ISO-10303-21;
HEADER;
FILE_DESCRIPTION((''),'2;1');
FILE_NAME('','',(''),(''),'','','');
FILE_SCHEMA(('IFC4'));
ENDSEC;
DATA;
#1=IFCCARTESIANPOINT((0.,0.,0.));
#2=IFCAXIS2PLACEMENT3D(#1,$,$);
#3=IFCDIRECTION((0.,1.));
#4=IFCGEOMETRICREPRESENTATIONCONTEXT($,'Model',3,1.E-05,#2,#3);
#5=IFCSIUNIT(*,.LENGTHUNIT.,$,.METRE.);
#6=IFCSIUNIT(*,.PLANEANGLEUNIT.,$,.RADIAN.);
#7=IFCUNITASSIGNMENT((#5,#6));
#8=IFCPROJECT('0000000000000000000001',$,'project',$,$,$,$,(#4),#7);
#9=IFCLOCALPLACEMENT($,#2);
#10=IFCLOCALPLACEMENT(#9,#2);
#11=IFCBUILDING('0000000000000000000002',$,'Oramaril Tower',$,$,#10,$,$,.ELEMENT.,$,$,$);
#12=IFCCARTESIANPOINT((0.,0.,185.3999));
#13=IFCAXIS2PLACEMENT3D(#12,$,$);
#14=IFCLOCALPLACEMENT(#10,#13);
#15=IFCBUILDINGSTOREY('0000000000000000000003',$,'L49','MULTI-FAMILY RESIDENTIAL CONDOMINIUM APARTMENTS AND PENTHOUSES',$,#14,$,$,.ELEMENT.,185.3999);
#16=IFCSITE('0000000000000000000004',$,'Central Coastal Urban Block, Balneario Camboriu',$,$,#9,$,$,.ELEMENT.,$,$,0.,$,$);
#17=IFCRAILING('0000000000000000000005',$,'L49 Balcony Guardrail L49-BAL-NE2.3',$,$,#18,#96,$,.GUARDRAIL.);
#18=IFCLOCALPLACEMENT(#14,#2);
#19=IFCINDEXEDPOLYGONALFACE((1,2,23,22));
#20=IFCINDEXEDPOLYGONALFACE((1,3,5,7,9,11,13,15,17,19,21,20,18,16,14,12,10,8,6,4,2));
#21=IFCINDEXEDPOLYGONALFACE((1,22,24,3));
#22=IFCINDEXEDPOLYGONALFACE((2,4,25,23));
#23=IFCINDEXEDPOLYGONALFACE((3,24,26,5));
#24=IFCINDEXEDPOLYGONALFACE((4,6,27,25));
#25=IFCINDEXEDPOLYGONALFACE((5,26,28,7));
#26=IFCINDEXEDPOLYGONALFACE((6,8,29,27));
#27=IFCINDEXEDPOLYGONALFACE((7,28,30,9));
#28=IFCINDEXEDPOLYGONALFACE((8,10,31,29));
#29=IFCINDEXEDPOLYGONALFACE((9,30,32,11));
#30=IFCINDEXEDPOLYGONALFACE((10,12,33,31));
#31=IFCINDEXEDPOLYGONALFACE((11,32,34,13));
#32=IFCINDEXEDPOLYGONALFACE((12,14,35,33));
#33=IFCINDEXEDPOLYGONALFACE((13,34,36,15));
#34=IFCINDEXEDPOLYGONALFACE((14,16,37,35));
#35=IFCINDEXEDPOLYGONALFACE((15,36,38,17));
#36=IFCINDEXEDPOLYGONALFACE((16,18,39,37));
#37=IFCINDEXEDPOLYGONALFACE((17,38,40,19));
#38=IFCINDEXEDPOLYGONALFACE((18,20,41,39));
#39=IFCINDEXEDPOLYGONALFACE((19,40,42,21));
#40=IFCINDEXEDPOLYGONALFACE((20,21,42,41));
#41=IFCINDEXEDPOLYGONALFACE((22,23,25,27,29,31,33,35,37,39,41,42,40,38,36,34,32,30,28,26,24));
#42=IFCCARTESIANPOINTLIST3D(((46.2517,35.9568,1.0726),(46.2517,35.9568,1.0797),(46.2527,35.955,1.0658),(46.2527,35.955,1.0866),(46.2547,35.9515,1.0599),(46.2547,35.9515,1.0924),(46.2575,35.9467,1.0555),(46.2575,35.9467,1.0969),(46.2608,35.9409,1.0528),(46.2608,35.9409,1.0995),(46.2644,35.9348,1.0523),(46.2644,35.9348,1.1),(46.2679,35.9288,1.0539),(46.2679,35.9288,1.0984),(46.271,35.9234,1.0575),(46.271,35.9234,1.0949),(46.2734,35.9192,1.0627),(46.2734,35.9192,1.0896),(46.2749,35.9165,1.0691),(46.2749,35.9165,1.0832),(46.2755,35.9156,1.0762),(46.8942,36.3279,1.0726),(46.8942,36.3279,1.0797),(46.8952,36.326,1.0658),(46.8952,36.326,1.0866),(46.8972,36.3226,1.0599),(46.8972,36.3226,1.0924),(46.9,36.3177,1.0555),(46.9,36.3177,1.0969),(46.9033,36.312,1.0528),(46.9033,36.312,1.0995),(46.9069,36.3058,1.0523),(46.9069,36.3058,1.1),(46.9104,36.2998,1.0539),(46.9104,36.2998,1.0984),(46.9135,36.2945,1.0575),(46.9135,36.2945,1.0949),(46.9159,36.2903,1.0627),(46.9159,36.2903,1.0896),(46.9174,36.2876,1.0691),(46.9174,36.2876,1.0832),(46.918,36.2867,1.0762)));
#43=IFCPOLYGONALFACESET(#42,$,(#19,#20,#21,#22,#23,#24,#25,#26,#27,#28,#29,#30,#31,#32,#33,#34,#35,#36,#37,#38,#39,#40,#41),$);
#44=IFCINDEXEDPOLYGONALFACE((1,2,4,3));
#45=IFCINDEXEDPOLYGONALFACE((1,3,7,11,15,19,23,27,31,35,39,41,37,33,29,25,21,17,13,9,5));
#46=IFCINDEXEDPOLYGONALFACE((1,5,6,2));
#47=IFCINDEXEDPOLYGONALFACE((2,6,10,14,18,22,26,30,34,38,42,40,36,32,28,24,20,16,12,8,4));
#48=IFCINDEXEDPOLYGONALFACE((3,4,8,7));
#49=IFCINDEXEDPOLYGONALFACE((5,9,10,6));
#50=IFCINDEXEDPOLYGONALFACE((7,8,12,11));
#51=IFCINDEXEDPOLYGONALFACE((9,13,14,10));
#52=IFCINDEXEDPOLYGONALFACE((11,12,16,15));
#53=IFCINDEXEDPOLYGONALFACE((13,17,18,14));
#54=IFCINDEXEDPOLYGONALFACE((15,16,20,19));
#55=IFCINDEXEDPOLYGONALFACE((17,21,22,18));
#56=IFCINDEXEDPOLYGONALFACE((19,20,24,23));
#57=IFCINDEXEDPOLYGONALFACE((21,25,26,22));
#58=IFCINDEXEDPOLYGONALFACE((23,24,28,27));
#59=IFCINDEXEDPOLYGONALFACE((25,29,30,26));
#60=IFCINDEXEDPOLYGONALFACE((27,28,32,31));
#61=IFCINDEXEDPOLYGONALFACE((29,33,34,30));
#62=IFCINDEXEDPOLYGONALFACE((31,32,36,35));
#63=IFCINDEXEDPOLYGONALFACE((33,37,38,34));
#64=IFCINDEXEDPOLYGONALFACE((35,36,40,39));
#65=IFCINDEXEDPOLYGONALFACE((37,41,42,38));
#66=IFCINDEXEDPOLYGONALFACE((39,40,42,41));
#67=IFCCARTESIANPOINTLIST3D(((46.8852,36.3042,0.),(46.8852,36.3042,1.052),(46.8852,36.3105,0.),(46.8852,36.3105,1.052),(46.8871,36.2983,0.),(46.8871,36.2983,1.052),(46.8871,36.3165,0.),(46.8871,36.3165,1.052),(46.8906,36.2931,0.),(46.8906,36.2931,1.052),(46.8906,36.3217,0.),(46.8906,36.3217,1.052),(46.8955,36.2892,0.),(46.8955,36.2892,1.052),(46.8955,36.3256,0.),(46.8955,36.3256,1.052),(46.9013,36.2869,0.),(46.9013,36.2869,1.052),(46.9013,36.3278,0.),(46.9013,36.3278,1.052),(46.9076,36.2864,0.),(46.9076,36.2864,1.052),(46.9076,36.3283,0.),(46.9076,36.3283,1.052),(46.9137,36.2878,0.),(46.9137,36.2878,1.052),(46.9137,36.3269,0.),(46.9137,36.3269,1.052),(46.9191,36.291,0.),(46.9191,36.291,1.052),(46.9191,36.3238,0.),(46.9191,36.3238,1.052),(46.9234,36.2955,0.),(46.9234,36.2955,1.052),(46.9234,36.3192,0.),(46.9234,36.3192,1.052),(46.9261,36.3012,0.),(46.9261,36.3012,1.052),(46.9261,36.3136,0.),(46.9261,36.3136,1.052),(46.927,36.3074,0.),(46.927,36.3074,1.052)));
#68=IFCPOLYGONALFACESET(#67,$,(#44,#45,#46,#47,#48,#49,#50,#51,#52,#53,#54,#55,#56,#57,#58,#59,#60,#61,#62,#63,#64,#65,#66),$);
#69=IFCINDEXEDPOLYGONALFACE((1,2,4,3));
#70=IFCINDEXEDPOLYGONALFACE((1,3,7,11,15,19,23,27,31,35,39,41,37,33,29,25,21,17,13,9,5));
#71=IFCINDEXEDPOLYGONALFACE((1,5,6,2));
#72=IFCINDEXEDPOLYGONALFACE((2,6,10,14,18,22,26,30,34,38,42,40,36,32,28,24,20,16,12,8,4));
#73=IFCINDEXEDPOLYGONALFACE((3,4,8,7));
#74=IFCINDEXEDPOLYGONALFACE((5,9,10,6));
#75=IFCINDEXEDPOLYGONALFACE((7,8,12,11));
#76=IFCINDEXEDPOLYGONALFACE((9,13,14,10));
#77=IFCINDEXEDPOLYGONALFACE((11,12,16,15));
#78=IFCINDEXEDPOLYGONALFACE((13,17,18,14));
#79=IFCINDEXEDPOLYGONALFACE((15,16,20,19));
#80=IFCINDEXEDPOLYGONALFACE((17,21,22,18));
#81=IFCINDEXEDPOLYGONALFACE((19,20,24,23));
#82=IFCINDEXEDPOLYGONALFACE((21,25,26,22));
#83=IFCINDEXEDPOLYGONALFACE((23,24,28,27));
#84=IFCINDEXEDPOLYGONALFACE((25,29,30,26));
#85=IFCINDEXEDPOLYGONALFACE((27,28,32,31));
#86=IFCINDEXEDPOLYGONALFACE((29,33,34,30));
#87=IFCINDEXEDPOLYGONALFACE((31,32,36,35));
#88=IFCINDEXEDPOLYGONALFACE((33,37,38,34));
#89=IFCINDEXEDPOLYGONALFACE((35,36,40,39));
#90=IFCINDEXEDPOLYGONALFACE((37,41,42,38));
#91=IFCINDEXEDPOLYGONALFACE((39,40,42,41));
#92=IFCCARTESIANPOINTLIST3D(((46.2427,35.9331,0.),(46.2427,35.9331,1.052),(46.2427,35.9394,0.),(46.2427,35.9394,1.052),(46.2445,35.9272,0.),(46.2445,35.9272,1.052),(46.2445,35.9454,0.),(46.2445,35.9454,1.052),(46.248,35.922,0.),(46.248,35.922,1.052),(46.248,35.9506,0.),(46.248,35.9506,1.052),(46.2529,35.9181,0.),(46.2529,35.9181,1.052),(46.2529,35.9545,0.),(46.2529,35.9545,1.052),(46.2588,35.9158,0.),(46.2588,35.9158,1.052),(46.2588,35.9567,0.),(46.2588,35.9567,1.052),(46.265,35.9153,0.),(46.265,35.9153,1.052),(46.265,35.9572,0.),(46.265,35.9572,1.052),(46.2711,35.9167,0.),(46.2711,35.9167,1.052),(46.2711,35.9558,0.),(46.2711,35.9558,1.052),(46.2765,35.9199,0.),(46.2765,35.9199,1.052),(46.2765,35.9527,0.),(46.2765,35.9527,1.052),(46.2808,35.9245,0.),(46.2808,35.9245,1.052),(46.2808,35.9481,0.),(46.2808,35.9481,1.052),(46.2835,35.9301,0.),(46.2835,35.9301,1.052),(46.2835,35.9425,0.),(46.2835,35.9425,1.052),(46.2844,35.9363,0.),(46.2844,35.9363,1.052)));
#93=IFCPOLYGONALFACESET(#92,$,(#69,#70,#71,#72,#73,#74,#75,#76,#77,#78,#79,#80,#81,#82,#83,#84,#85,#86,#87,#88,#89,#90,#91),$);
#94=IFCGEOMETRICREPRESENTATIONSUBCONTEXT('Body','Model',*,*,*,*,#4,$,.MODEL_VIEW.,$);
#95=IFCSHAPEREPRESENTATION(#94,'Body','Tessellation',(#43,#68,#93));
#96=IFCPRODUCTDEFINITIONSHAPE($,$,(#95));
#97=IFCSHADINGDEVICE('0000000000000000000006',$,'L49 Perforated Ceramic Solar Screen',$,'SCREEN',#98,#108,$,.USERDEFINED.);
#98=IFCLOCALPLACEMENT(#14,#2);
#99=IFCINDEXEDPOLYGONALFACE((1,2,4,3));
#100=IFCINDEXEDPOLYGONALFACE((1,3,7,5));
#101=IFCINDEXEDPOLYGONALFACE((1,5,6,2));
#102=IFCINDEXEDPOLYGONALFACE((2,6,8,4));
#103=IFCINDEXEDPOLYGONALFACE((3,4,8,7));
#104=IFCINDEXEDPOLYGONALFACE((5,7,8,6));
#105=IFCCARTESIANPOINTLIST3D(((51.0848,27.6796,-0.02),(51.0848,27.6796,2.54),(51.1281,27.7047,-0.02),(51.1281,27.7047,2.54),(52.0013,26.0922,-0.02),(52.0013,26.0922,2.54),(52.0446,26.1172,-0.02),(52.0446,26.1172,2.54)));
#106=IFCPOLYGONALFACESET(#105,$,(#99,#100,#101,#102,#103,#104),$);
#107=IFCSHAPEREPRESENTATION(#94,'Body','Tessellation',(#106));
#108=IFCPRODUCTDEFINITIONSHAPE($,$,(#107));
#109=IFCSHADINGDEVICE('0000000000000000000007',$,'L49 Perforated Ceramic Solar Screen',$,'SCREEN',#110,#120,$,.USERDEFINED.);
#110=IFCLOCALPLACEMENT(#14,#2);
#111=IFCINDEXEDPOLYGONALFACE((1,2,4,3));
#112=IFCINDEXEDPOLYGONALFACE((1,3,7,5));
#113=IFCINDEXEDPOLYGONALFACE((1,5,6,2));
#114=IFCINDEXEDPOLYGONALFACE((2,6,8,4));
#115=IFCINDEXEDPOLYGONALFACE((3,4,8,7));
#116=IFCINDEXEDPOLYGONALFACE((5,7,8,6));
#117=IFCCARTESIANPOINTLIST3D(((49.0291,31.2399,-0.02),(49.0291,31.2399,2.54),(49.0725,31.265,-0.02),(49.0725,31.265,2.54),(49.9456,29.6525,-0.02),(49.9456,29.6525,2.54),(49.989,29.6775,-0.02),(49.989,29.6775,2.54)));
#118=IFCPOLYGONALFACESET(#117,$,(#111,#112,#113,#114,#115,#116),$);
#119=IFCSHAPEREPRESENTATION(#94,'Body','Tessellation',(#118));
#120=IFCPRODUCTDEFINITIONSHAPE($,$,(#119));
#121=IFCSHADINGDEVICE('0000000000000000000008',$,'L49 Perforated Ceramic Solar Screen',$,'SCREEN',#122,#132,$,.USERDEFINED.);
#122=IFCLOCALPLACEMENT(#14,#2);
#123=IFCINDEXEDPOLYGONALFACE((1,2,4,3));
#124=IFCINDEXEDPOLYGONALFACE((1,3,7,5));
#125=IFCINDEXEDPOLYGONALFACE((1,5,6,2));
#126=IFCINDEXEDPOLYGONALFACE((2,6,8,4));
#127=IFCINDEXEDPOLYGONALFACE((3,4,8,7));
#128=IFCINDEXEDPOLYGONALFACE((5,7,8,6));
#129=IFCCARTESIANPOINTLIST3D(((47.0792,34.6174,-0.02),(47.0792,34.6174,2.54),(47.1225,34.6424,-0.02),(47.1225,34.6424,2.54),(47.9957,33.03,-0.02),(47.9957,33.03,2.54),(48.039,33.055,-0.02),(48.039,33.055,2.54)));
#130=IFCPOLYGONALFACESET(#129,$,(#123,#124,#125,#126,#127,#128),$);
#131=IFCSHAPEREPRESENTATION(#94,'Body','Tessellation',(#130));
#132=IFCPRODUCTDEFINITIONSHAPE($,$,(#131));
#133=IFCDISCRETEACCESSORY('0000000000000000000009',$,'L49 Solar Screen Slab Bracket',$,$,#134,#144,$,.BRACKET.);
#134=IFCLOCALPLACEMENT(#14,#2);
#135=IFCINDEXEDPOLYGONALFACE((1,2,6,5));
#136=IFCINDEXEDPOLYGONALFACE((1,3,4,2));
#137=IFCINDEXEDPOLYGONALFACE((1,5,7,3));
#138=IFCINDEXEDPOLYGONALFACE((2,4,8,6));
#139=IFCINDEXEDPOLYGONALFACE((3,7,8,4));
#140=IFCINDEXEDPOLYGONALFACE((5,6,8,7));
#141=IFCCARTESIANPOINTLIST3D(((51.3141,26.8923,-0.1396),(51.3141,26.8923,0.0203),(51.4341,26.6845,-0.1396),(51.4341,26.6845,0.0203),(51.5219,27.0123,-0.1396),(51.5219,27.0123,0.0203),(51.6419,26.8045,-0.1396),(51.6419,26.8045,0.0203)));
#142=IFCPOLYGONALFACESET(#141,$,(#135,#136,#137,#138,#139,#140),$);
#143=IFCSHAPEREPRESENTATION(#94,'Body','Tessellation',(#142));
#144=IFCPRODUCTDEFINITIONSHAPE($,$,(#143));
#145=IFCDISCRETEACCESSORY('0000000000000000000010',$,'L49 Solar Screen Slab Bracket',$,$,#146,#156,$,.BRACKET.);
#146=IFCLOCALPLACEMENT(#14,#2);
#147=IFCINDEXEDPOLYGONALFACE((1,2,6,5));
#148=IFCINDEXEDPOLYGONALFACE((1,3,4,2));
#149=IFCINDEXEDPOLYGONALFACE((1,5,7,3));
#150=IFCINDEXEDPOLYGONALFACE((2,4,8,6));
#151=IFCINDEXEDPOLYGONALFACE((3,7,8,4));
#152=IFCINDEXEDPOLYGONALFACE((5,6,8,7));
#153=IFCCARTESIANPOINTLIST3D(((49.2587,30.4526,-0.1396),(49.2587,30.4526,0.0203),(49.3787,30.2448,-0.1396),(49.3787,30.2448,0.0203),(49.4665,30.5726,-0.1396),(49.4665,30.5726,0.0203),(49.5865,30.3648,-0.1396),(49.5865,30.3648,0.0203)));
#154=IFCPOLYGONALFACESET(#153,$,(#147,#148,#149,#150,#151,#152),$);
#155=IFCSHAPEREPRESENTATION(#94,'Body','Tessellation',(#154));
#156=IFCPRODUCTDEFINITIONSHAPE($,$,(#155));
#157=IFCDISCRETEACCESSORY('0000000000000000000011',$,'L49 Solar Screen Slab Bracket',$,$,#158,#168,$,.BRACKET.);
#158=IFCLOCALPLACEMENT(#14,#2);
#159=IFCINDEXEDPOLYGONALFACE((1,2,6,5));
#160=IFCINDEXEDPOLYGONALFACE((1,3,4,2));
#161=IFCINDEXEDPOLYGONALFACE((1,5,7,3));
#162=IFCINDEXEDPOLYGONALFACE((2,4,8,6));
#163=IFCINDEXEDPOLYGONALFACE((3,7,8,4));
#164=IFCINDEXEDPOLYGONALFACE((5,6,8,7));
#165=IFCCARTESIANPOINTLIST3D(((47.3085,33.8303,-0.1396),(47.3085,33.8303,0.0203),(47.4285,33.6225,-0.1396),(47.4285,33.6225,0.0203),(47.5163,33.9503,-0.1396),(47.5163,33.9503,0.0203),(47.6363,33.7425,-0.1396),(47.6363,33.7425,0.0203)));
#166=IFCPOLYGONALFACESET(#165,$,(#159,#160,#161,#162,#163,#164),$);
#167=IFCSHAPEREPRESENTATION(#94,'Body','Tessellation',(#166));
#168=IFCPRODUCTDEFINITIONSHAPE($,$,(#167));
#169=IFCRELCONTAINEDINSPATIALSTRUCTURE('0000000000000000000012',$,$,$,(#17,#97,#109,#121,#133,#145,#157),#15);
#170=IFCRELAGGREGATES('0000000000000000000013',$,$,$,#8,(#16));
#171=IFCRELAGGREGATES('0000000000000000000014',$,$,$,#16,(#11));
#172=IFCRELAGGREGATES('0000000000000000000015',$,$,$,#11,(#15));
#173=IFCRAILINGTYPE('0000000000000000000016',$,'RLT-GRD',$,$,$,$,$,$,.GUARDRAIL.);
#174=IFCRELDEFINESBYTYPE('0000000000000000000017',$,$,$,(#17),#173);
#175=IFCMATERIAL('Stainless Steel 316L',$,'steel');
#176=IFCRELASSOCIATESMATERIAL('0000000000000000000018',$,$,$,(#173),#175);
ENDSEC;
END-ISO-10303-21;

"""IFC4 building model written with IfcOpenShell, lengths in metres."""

from ifc_helpers import new_model, si_unit, direction, frame, origin, origin_2d, place, context, subcontext, project, spatial, rectangle, circle, extrude, material, type_object, element, save


model = new_model("IFC4")

# Units and contexts
model_context = context("Model", 3, precision=1e-05, world=origin(), true_north=direction((0.0, 1.0)))
body_context = subcontext(model_context, "Body", "Model", "MODEL_VIEW")
ifc_project = project(units=[si_unit("LENGTHUNIT", "METRE"), si_unit("PLANEANGLEUNIT", "RADIAN")], contexts=[model_context])

# Site, building, storey
site_placement = place(None, origin())
site = spatial("IfcSite", under=ifc_project, at=site_placement, Name="Central Coastal Urban Block, Balneario Camboriu", CompositionType="ELEMENT", RefElevation=0.0)
building_placement = place(site_placement, origin())
building = spatial("IfcBuilding", under=site, at=building_placement, Name="Oramaril Tower", CompositionType="ELEMENT")
storey_placement = place(building_placement, frame((0.0, 0.0, 185.3999)))
storey = spatial("IfcBuildingStorey", under=building, at=storey_placement, Name="L49", Description="MULTI-FAMILY RESIDENTIAL CONDOMINIUM APARTMENTS AND PENTHOUSES", CompositionType="ELEMENT", Elevation=185.3999)

# Railing
ifc_material_1 = material(Name="Stainless Steel 316L", Category="steel")
railing_type = type_object("IfcRailingType", Name="RLT-GRD", PredefinedType="GUARDRAIL", material=ifc_material_1)
railing_placement = place(storey_placement, frame((46.906, 36.3074, 0.0)))
element("IfcRailing", 1, at=railing_placement, inside=storey, type_object=railing_type, Name="L49 Balcony Guardrail L49-BAL-NE2.3", PredefinedType="GUARDRAIL", context=body_context, shape_type="SweptSolid", body=[
    extrude(circle(Radius=0.0239, at=origin_2d()), frame((0.0, 0.0, 1.0762), z_axis=(-0.865966, -0.500102, 0.0), x_axis=(0.500102, -0.865966, 0.0)), (0.0, 0.0, 1.0), 0.7419),
    extrude(circle(Radius=0.021, at=origin_2d()), origin(), (0.0, 0.0, 1.0), 1.052),
    extrude(circle(Radius=0.021, at=origin_2d()), frame((-0.6426, -0.3711, 0.0)), (0.0, 0.0, 1.0), 1.052),
])

# Shading devices
for number, where, z_axis, x_axis, name in (
    (2, (51.5647, 26.8984, -0.02), (0.0, 0.0, 1.0), (-0.5, 0.866025, 0.0), "L49 Perforated Ceramic Solar Screen"),
    (3, (49.509, 30.4587, -0.02), (0.0, 0.0, 1.0), (-0.5, 0.866025, 0.0), "L49 Perforated Ceramic Solar Screen"),
    (4, (47.5591, 33.8362, -0.02), (0.0, 0.0, 1.0), (-0.5, 0.866025, 0.0), "L49 Perforated Ceramic Solar Screen"),
):
    element("IfcShadingDevice", number, at=place(storey_placement, frame(where, z_axis=z_axis, x_axis=x_axis)), inside=storey, Name=name, ObjectType="SCREEN", PredefinedType="USERDEFINED", context=body_context, shape_type="SweptSolid", body=[
        extrude(rectangle(XDim=1.833, YDim=0.05, at=origin_2d()), origin(), (0.0, 0.0, 1.0), 2.5601),
    ])

# Discrete accessories
for number, where, z_axis, x_axis, name in (
    (5, (51.478, 26.8484, -0.1396), (0.0, 0.0, 1.0), (-0.5, 0.866025, 0.0), "L49 Solar Screen Slab Bracket"),
    (6, (49.4226, 30.4087, -0.1396), (0.0, 0.0, 1.0), (-0.5, 0.866025, 0.0), "L49 Solar Screen Slab Bracket"),
    (7, (47.4724, 33.7864, -0.1396), (0.0, 0.0, 1.0), (-0.5, 0.866025, 0.0), "L49 Solar Screen Slab Bracket"),
):
    element("IfcDiscreteAccessory", number, at=place(storey_placement, frame(where, z_axis=z_axis, x_axis=x_axis)), inside=storey, Name=name, PredefinedType="BRACKET", context=body_context, shape_type="SweptSolid", body=[
        extrude(rectangle(XDim=0.24, YDim=0.24, at=origin_2d()), origin(), (0.0, 0.0, 1.0), 0.1599),
    ])

save(model, "model.ifc")
